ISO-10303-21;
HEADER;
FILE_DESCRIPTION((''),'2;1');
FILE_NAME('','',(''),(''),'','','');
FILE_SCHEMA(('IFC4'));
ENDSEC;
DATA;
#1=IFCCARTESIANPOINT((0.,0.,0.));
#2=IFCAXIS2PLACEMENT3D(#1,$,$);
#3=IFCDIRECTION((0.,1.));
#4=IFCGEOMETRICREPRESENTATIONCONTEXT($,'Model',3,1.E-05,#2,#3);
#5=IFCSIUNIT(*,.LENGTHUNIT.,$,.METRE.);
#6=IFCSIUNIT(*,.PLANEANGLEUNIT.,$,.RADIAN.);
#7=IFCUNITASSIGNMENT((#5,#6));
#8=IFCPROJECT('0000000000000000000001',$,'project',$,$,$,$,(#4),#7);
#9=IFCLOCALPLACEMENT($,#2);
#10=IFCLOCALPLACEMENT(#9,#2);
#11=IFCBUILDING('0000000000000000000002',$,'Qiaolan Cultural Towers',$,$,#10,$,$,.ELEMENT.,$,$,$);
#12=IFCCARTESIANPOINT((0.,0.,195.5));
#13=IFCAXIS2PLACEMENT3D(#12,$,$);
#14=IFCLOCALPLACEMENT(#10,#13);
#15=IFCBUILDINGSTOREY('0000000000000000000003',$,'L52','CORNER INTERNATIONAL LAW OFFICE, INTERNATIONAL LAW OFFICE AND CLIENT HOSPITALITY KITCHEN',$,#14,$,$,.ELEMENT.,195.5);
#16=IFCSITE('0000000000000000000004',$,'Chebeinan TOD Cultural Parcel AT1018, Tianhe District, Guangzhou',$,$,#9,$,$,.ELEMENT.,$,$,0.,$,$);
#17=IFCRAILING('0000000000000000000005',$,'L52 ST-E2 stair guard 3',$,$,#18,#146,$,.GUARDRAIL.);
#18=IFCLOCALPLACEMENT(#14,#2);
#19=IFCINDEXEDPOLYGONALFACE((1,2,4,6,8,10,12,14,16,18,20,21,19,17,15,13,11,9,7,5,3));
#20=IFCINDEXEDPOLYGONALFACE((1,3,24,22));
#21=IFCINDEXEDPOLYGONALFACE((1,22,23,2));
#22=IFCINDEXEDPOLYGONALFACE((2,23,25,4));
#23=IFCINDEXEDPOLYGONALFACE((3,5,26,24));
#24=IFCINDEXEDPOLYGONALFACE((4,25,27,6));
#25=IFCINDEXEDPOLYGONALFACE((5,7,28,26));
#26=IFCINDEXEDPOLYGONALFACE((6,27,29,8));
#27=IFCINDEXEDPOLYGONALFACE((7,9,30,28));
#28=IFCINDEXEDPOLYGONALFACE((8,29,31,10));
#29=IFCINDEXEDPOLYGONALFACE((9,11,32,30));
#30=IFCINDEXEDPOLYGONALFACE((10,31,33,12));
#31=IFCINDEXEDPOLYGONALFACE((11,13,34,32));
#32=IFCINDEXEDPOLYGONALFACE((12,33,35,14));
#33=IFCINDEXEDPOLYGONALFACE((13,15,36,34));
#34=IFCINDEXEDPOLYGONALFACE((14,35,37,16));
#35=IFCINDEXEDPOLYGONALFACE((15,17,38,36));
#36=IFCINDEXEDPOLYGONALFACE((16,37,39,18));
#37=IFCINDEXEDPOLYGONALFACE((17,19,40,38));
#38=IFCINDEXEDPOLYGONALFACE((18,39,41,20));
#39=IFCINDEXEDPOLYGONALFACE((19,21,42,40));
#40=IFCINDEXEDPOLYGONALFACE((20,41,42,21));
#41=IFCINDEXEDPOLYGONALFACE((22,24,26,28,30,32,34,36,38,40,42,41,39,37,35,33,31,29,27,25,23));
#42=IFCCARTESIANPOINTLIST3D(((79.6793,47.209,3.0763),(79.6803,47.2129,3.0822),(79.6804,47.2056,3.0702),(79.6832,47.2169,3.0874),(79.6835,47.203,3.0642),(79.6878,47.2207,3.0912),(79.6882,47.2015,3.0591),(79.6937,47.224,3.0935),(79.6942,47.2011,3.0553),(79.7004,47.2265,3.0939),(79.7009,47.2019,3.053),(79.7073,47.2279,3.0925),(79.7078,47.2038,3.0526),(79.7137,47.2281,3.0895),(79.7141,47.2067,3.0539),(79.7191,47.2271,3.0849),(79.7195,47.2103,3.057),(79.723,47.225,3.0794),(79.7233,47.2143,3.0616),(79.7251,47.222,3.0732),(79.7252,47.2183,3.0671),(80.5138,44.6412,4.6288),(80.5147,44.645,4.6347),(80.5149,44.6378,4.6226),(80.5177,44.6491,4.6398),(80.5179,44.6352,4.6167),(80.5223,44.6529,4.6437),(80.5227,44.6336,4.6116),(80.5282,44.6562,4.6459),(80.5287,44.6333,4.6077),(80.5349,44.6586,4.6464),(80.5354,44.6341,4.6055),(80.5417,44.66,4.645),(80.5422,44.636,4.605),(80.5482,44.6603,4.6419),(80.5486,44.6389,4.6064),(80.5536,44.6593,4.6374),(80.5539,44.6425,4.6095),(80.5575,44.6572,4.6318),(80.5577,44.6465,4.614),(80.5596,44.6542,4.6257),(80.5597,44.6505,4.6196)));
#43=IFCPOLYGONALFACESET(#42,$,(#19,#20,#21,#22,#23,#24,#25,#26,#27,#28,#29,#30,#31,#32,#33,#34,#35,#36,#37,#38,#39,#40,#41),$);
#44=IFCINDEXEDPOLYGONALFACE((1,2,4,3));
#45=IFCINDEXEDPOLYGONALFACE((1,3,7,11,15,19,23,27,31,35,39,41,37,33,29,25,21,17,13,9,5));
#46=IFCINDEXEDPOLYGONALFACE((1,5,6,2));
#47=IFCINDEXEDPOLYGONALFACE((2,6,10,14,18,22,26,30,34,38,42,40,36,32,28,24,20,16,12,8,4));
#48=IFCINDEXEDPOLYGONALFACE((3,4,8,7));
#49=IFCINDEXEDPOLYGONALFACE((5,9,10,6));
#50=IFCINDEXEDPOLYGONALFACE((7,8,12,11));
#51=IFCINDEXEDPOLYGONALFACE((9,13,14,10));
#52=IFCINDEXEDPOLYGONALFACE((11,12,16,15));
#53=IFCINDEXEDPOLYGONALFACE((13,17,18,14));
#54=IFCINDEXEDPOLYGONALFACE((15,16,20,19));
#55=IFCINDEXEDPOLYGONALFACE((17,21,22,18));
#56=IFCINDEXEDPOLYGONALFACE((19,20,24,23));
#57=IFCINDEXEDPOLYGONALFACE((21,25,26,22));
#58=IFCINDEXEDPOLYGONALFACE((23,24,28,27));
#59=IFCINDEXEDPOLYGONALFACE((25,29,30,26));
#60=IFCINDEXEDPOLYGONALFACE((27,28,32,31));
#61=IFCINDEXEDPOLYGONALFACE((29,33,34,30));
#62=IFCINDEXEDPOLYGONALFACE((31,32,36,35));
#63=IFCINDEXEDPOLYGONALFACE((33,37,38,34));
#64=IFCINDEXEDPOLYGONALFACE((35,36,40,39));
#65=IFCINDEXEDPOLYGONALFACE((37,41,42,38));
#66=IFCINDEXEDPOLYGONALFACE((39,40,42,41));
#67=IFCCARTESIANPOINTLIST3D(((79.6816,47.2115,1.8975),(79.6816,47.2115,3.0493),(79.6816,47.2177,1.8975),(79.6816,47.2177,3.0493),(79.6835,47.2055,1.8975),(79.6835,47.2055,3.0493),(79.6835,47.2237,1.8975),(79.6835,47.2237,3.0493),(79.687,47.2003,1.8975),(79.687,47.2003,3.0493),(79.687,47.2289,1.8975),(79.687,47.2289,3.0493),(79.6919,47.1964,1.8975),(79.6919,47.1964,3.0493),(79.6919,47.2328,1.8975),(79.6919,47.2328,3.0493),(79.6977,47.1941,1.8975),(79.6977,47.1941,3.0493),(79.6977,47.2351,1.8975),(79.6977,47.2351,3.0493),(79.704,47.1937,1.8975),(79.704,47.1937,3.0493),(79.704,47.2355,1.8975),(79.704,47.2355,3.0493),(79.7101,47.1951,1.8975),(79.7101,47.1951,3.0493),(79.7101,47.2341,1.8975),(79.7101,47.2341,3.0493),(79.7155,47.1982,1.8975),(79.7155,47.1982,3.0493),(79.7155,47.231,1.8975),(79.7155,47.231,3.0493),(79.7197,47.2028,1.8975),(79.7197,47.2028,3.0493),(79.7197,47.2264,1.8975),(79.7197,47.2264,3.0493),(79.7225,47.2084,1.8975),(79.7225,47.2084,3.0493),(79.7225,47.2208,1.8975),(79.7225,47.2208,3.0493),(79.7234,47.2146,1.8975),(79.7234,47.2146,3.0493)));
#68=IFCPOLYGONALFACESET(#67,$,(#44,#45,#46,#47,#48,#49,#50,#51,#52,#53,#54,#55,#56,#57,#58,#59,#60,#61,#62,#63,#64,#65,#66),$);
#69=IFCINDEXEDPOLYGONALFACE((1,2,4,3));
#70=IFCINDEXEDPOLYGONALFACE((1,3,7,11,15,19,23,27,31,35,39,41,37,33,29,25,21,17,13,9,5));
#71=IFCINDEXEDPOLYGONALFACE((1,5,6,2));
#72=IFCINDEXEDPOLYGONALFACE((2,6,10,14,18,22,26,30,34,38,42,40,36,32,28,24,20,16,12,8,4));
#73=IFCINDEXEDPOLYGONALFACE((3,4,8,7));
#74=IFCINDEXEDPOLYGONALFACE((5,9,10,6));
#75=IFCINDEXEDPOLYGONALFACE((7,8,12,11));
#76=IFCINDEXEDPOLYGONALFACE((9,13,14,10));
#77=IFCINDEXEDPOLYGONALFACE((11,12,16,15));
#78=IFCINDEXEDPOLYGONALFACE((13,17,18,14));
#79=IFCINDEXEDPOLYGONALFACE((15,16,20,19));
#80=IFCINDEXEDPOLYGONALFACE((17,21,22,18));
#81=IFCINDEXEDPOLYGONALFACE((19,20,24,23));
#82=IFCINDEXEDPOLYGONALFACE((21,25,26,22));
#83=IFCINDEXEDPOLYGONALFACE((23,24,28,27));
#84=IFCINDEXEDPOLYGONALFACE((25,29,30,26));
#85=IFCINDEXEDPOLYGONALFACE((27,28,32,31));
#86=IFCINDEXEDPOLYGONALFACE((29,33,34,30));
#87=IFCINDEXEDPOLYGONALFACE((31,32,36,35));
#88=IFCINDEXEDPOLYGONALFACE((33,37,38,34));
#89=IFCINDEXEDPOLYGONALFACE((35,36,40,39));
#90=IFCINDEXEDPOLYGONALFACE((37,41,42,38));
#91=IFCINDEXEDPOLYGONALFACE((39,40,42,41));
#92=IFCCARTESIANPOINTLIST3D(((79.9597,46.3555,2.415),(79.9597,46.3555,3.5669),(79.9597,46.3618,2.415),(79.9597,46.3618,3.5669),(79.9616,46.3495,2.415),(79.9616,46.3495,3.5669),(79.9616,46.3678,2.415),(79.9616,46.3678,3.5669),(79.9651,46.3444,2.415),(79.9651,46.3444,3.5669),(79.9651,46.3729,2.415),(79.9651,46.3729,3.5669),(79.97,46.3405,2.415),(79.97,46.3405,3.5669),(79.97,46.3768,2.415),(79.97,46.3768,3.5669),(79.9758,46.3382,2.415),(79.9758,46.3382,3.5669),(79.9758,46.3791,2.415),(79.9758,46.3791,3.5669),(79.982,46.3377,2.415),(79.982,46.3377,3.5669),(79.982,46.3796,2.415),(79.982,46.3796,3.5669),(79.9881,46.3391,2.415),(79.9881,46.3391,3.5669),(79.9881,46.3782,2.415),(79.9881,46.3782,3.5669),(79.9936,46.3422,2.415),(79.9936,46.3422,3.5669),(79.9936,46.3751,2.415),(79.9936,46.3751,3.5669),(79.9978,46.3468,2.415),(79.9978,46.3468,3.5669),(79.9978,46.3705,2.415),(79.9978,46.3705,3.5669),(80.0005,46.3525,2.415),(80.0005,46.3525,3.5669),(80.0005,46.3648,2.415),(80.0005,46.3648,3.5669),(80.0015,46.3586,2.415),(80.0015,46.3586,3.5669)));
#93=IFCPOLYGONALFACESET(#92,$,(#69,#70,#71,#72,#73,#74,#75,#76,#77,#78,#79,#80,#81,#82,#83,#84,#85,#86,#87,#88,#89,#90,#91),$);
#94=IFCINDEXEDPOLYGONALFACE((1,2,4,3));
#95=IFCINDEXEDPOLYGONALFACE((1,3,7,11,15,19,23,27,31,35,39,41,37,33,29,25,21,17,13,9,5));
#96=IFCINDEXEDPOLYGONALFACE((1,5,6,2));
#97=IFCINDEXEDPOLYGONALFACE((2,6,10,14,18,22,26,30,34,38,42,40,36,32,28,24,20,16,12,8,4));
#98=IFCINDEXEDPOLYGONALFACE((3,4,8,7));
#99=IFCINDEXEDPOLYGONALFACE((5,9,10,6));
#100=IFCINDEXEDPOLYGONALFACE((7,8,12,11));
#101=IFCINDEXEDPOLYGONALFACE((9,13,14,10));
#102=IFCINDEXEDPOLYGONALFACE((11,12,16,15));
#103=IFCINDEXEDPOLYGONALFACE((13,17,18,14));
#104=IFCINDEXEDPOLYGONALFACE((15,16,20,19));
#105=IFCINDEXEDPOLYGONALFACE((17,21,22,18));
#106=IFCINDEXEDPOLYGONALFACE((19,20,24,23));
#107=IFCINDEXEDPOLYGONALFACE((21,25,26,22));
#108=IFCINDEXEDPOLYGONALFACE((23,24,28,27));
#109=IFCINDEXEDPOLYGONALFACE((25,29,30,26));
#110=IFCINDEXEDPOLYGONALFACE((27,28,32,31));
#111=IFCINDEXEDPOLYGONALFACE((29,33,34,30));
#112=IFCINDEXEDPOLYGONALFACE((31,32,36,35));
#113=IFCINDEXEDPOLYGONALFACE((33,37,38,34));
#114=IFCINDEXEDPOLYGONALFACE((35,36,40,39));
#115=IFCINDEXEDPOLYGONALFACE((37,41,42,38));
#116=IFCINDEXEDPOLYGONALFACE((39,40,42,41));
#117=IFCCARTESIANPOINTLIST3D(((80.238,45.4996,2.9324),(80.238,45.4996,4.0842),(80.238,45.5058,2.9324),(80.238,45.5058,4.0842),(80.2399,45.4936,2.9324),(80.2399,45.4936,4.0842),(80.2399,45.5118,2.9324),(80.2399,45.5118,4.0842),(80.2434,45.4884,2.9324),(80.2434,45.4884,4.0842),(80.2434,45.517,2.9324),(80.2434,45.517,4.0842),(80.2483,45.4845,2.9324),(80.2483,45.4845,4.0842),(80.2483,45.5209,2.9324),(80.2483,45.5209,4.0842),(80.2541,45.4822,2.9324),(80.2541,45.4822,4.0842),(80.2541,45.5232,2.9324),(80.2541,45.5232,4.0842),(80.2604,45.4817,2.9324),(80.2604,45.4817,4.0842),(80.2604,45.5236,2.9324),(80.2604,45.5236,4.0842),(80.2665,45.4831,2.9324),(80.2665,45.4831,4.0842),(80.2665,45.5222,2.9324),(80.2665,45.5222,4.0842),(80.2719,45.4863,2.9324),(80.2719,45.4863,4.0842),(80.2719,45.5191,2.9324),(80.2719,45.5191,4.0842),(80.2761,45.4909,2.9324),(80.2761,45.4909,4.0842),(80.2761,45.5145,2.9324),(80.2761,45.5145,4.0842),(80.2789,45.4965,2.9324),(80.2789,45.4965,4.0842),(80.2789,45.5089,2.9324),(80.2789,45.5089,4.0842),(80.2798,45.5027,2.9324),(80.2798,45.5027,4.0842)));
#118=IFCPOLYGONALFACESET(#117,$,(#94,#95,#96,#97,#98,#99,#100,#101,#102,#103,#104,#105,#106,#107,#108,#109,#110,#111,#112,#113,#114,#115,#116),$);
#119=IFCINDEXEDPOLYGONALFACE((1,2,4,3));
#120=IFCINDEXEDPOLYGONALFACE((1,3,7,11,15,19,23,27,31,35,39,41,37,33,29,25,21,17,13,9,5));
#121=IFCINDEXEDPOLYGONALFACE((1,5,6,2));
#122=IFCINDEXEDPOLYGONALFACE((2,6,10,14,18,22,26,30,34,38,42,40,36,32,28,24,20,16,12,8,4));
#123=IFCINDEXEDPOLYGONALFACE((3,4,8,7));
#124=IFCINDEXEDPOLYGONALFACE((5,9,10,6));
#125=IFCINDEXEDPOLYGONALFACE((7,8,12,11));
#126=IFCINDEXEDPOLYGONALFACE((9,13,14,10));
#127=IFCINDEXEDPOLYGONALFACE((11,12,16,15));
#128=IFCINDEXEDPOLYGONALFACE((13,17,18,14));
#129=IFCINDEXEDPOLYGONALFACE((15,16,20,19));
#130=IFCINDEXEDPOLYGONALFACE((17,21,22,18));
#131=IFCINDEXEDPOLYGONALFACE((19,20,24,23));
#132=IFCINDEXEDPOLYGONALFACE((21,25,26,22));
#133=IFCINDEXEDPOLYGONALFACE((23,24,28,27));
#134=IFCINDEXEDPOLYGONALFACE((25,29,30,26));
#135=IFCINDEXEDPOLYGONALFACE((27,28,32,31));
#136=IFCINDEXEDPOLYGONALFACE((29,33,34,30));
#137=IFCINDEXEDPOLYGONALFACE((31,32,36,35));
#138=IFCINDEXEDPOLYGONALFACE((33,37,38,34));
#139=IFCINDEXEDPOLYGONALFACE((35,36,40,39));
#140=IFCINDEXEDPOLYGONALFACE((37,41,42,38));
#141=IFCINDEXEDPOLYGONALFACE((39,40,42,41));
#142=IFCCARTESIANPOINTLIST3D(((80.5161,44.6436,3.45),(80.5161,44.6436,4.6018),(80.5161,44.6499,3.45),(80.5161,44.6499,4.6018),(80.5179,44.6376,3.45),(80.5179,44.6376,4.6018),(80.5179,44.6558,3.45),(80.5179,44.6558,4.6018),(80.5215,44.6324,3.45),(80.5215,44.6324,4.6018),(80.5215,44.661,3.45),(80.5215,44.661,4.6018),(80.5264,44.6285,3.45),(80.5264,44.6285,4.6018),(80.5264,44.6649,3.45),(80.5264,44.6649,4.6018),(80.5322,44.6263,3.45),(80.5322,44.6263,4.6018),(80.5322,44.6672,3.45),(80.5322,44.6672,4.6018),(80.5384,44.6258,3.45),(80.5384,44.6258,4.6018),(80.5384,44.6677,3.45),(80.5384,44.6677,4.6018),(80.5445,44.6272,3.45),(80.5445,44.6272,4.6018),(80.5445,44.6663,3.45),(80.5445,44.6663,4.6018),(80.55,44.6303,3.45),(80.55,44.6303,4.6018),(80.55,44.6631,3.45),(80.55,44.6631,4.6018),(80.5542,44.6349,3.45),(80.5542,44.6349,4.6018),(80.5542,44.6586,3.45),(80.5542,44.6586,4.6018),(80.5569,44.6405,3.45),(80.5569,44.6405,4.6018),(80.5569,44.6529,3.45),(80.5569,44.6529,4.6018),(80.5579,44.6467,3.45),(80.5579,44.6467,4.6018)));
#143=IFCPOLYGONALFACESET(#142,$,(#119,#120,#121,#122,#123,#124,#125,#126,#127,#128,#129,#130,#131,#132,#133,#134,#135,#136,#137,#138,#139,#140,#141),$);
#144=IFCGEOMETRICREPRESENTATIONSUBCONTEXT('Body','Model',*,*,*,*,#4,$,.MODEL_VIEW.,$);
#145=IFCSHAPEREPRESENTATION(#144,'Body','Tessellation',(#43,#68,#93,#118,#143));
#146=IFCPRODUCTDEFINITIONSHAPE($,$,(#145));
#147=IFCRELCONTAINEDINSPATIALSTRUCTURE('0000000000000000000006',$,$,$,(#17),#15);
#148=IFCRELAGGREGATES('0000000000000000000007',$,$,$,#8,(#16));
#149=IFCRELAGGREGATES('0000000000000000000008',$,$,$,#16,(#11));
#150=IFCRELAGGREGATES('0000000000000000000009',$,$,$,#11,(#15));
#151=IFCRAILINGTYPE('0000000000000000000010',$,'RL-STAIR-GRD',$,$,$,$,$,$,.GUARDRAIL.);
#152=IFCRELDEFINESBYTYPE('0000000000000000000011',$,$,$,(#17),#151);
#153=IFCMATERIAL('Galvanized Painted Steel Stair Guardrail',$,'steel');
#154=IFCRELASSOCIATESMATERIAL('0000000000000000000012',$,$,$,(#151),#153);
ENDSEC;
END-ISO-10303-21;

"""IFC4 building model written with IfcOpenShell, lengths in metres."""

from ifc_helpers import new_model, si_unit, direction, frame, origin, origin_2d, place, context, subcontext, project, spatial, circle, extrude, material, type_object, element, save


model = new_model("IFC4")

# Units and contexts
model_context = context("Model", 3, precision=1e-05, world=origin(), true_north=direction((0.0, 1.0)))
body_context = subcontext(model_context, "Body", "Model", "MODEL_VIEW")
ifc_project = project(units=[si_unit("LENGTHUNIT", "METRE"), si_unit("PLANEANGLEUNIT", "RADIAN")], contexts=[model_context])

# Site, building, storey
site_placement = place(None, origin())
site = spatial("IfcSite", under=ifc_project, at=site_placement, Name="Chebeinan TOD Cultural Parcel AT1018, Tianhe District, Guangzhou", CompositionType="ELEMENT", RefElevation=0.0)
building_placement = place(site_placement, origin())
building = spatial("IfcBuilding", under=site, at=building_placement, Name="Qiaolan Cultural Towers", CompositionType="ELEMENT")
storey_placement = place(building_placement, frame((0.0, 0.0, 195.5)))
storey = spatial("IfcBuildingStorey", under=building, at=storey_placement, Name="L52", Description="CORNER INTERNATIONAL LAW OFFICE, INTERNATIONAL LAW OFFICE AND CLIENT HOSPITALITY KITCHEN", CompositionType="ELEMENT", Elevation=195.5)

# Railing
ifc_material_1 = material(Name="Galvanized Painted Steel Stair Guardrail", Category="steel")
railing_type_1 = type_object("IfcRailingType", Name="RL-STAIR-GRD", PredefinedType="GUARDRAIL", material=ifc_material_1)
railing_1_placement = place(storey_placement, frame((79.7024, 47.2146, 1.8975)))
element("IfcRailing", 1, at=railing_1_placement, inside=storey, type_object=railing_type_1, Name="L52 ST-E2 stair guard 3", PredefinedType="GUARDRAIL", context=body_context, shape_type="SweptSolid", body=[
    extrude(circle(Radius=0.0239, at=origin_2d()), frame((0.0, 0.0, 1.1758), z_axis=(0.267926, -0.824471, 0.498461), x_axis=(0.951043, 0.309057, 0.0)), (0.0, 0.0, 1.0), 3.1145),
    extrude(circle(Radius=0.021, at=origin_2d()), origin(), (0.0, 0.0, 1.0), 1.1519),
    extrude(circle(Radius=0.021, at=origin_2d()), frame((0.2781, -0.856, 0.5176)), (0.0, 0.0, 1.0), 1.1519),
    extrude(circle(Radius=0.021, at=origin_2d()), frame((0.5564, -1.7119, 1.0349)), (0.0, 0.0, 1.0), 1.1519),
    extrude(circle(Radius=0.021, at=origin_2d()), frame((0.8345, -2.5679, 1.5525)), (0.0, 0.0, 1.0), 1.1519),
])

save(model, "model.ifc")
